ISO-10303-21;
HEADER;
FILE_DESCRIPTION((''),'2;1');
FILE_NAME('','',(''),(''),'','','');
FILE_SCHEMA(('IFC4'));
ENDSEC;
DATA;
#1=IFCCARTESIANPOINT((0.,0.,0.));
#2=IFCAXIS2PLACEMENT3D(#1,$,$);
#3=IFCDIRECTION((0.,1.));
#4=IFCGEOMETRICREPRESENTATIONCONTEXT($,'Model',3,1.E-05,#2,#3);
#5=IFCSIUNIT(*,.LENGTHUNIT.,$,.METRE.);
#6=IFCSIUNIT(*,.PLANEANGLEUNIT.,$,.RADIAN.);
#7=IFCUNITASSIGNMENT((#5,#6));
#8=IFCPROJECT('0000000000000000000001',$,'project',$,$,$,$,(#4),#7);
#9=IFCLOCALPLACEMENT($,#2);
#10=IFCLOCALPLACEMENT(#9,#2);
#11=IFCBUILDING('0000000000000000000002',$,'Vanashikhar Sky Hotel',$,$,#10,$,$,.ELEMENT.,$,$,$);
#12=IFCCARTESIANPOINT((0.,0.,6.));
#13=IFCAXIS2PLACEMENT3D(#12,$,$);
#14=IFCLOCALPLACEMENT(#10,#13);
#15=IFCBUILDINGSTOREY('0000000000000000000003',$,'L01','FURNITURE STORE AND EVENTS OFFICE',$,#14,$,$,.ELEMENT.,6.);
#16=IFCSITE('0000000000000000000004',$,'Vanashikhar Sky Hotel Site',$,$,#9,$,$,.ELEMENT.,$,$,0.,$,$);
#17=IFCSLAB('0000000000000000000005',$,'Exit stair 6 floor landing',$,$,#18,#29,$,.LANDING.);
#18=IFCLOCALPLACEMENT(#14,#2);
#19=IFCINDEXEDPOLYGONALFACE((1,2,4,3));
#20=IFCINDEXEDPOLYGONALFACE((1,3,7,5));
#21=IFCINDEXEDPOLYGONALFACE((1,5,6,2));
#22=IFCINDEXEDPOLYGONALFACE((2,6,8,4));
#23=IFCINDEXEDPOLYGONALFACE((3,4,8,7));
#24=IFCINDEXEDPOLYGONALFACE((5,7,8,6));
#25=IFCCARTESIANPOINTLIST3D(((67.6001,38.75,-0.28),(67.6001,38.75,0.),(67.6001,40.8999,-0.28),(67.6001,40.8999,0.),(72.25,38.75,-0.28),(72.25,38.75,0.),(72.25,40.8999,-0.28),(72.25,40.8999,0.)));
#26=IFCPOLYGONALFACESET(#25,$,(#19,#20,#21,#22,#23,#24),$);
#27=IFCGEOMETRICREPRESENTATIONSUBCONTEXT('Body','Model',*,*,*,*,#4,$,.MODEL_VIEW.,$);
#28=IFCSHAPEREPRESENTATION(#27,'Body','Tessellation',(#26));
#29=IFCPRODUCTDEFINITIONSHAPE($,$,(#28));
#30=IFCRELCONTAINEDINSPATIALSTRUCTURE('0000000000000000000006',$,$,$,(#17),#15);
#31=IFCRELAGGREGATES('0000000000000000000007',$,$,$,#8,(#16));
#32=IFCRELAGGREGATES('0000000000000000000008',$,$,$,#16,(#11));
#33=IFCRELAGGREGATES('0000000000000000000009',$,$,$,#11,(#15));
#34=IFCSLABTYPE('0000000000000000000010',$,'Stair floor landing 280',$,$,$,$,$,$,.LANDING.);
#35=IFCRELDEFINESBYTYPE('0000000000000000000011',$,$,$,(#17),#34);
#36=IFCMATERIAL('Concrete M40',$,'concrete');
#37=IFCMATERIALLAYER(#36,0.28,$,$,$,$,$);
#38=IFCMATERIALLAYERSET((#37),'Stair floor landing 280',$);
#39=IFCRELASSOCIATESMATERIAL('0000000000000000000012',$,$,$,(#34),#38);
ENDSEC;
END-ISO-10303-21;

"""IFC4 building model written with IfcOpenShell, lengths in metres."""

from ifc_helpers import new_model, si_unit, direction, frame, origin, place, context, subcontext, project, spatial, polyline, outline, extrude, source, transform, mapped, material, layer, layer_set, type_object, element, save


model = new_model("IFC4")

# Units and contexts
model_context = context("Model", 3, precision=1e-05, world=origin(), true_north=direction((0.0, 1.0)))
body_context = subcontext(model_context, "Body", "Model", "MODEL_VIEW")
ifc_project = project(units=[si_unit("LENGTHUNIT", "METRE"), si_unit("PLANEANGLEUNIT", "RADIAN")], contexts=[model_context])

# Site, building, storey
site_placement = place(None, origin())
site = spatial("IfcSite", under=ifc_project, at=site_placement, Name="Vanashikhar Sky Hotel Site", CompositionType="ELEMENT", RefElevation=0.0)
building_placement = place(site_placement, origin())
building = spatial("IfcBuilding", under=site, at=building_placement, Name="Vanashikhar Sky Hotel", CompositionType="ELEMENT")
storey_placement = place(building_placement, frame((0.0, 0.0, 6.0)))
storey = spatial("IfcBuildingStorey", under=building, at=storey_placement, Name="L01", Description="FURNITURE STORE AND EVENTS OFFICE", CompositionType="ELEMENT", Elevation=6.0)

# Shared definitions
ifc_material_1 = material(Name="Concrete M40", Category="concrete")

# Shared definitions
ifc_layer_1 = layer(ifc_material_1, 0.28)
ifc_layer_set_1 = layer_set([ifc_layer_1], Name="Stair floor landing 280")
slab_type_1 = type_object("IfcSlabType", Name="Stair floor landing 280", PredefinedType="LANDING", material=ifc_layer_set_1)

# Slab
shared_shape_1 = source(origin(), body_context, "Body", "SweptSolid", [
    extrude(outline(polyline([(72.25, 38.75), (72.25, 40.8999), (67.6001, 40.8999), (67.6001, 38.75), (72.25, 38.75)])), origin(), (0.0, 0.0, 1.0), 0.28),
])
slab_1_placement = place(storey_placement, frame((0.0, 0.0, -0.28)))
element("IfcSlab", 1, at=slab_1_placement, inside=storey, type_object=slab_type_1, Name="Exit stair 6 floor landing", PredefinedType="LANDING", context=body_context, shape_type="MappedRepresentation", body=[
    mapped(shared_shape_1, transform((0.0, 0.0, 0.0), scale=1.0)),
])

save(model, "model.ifc")
